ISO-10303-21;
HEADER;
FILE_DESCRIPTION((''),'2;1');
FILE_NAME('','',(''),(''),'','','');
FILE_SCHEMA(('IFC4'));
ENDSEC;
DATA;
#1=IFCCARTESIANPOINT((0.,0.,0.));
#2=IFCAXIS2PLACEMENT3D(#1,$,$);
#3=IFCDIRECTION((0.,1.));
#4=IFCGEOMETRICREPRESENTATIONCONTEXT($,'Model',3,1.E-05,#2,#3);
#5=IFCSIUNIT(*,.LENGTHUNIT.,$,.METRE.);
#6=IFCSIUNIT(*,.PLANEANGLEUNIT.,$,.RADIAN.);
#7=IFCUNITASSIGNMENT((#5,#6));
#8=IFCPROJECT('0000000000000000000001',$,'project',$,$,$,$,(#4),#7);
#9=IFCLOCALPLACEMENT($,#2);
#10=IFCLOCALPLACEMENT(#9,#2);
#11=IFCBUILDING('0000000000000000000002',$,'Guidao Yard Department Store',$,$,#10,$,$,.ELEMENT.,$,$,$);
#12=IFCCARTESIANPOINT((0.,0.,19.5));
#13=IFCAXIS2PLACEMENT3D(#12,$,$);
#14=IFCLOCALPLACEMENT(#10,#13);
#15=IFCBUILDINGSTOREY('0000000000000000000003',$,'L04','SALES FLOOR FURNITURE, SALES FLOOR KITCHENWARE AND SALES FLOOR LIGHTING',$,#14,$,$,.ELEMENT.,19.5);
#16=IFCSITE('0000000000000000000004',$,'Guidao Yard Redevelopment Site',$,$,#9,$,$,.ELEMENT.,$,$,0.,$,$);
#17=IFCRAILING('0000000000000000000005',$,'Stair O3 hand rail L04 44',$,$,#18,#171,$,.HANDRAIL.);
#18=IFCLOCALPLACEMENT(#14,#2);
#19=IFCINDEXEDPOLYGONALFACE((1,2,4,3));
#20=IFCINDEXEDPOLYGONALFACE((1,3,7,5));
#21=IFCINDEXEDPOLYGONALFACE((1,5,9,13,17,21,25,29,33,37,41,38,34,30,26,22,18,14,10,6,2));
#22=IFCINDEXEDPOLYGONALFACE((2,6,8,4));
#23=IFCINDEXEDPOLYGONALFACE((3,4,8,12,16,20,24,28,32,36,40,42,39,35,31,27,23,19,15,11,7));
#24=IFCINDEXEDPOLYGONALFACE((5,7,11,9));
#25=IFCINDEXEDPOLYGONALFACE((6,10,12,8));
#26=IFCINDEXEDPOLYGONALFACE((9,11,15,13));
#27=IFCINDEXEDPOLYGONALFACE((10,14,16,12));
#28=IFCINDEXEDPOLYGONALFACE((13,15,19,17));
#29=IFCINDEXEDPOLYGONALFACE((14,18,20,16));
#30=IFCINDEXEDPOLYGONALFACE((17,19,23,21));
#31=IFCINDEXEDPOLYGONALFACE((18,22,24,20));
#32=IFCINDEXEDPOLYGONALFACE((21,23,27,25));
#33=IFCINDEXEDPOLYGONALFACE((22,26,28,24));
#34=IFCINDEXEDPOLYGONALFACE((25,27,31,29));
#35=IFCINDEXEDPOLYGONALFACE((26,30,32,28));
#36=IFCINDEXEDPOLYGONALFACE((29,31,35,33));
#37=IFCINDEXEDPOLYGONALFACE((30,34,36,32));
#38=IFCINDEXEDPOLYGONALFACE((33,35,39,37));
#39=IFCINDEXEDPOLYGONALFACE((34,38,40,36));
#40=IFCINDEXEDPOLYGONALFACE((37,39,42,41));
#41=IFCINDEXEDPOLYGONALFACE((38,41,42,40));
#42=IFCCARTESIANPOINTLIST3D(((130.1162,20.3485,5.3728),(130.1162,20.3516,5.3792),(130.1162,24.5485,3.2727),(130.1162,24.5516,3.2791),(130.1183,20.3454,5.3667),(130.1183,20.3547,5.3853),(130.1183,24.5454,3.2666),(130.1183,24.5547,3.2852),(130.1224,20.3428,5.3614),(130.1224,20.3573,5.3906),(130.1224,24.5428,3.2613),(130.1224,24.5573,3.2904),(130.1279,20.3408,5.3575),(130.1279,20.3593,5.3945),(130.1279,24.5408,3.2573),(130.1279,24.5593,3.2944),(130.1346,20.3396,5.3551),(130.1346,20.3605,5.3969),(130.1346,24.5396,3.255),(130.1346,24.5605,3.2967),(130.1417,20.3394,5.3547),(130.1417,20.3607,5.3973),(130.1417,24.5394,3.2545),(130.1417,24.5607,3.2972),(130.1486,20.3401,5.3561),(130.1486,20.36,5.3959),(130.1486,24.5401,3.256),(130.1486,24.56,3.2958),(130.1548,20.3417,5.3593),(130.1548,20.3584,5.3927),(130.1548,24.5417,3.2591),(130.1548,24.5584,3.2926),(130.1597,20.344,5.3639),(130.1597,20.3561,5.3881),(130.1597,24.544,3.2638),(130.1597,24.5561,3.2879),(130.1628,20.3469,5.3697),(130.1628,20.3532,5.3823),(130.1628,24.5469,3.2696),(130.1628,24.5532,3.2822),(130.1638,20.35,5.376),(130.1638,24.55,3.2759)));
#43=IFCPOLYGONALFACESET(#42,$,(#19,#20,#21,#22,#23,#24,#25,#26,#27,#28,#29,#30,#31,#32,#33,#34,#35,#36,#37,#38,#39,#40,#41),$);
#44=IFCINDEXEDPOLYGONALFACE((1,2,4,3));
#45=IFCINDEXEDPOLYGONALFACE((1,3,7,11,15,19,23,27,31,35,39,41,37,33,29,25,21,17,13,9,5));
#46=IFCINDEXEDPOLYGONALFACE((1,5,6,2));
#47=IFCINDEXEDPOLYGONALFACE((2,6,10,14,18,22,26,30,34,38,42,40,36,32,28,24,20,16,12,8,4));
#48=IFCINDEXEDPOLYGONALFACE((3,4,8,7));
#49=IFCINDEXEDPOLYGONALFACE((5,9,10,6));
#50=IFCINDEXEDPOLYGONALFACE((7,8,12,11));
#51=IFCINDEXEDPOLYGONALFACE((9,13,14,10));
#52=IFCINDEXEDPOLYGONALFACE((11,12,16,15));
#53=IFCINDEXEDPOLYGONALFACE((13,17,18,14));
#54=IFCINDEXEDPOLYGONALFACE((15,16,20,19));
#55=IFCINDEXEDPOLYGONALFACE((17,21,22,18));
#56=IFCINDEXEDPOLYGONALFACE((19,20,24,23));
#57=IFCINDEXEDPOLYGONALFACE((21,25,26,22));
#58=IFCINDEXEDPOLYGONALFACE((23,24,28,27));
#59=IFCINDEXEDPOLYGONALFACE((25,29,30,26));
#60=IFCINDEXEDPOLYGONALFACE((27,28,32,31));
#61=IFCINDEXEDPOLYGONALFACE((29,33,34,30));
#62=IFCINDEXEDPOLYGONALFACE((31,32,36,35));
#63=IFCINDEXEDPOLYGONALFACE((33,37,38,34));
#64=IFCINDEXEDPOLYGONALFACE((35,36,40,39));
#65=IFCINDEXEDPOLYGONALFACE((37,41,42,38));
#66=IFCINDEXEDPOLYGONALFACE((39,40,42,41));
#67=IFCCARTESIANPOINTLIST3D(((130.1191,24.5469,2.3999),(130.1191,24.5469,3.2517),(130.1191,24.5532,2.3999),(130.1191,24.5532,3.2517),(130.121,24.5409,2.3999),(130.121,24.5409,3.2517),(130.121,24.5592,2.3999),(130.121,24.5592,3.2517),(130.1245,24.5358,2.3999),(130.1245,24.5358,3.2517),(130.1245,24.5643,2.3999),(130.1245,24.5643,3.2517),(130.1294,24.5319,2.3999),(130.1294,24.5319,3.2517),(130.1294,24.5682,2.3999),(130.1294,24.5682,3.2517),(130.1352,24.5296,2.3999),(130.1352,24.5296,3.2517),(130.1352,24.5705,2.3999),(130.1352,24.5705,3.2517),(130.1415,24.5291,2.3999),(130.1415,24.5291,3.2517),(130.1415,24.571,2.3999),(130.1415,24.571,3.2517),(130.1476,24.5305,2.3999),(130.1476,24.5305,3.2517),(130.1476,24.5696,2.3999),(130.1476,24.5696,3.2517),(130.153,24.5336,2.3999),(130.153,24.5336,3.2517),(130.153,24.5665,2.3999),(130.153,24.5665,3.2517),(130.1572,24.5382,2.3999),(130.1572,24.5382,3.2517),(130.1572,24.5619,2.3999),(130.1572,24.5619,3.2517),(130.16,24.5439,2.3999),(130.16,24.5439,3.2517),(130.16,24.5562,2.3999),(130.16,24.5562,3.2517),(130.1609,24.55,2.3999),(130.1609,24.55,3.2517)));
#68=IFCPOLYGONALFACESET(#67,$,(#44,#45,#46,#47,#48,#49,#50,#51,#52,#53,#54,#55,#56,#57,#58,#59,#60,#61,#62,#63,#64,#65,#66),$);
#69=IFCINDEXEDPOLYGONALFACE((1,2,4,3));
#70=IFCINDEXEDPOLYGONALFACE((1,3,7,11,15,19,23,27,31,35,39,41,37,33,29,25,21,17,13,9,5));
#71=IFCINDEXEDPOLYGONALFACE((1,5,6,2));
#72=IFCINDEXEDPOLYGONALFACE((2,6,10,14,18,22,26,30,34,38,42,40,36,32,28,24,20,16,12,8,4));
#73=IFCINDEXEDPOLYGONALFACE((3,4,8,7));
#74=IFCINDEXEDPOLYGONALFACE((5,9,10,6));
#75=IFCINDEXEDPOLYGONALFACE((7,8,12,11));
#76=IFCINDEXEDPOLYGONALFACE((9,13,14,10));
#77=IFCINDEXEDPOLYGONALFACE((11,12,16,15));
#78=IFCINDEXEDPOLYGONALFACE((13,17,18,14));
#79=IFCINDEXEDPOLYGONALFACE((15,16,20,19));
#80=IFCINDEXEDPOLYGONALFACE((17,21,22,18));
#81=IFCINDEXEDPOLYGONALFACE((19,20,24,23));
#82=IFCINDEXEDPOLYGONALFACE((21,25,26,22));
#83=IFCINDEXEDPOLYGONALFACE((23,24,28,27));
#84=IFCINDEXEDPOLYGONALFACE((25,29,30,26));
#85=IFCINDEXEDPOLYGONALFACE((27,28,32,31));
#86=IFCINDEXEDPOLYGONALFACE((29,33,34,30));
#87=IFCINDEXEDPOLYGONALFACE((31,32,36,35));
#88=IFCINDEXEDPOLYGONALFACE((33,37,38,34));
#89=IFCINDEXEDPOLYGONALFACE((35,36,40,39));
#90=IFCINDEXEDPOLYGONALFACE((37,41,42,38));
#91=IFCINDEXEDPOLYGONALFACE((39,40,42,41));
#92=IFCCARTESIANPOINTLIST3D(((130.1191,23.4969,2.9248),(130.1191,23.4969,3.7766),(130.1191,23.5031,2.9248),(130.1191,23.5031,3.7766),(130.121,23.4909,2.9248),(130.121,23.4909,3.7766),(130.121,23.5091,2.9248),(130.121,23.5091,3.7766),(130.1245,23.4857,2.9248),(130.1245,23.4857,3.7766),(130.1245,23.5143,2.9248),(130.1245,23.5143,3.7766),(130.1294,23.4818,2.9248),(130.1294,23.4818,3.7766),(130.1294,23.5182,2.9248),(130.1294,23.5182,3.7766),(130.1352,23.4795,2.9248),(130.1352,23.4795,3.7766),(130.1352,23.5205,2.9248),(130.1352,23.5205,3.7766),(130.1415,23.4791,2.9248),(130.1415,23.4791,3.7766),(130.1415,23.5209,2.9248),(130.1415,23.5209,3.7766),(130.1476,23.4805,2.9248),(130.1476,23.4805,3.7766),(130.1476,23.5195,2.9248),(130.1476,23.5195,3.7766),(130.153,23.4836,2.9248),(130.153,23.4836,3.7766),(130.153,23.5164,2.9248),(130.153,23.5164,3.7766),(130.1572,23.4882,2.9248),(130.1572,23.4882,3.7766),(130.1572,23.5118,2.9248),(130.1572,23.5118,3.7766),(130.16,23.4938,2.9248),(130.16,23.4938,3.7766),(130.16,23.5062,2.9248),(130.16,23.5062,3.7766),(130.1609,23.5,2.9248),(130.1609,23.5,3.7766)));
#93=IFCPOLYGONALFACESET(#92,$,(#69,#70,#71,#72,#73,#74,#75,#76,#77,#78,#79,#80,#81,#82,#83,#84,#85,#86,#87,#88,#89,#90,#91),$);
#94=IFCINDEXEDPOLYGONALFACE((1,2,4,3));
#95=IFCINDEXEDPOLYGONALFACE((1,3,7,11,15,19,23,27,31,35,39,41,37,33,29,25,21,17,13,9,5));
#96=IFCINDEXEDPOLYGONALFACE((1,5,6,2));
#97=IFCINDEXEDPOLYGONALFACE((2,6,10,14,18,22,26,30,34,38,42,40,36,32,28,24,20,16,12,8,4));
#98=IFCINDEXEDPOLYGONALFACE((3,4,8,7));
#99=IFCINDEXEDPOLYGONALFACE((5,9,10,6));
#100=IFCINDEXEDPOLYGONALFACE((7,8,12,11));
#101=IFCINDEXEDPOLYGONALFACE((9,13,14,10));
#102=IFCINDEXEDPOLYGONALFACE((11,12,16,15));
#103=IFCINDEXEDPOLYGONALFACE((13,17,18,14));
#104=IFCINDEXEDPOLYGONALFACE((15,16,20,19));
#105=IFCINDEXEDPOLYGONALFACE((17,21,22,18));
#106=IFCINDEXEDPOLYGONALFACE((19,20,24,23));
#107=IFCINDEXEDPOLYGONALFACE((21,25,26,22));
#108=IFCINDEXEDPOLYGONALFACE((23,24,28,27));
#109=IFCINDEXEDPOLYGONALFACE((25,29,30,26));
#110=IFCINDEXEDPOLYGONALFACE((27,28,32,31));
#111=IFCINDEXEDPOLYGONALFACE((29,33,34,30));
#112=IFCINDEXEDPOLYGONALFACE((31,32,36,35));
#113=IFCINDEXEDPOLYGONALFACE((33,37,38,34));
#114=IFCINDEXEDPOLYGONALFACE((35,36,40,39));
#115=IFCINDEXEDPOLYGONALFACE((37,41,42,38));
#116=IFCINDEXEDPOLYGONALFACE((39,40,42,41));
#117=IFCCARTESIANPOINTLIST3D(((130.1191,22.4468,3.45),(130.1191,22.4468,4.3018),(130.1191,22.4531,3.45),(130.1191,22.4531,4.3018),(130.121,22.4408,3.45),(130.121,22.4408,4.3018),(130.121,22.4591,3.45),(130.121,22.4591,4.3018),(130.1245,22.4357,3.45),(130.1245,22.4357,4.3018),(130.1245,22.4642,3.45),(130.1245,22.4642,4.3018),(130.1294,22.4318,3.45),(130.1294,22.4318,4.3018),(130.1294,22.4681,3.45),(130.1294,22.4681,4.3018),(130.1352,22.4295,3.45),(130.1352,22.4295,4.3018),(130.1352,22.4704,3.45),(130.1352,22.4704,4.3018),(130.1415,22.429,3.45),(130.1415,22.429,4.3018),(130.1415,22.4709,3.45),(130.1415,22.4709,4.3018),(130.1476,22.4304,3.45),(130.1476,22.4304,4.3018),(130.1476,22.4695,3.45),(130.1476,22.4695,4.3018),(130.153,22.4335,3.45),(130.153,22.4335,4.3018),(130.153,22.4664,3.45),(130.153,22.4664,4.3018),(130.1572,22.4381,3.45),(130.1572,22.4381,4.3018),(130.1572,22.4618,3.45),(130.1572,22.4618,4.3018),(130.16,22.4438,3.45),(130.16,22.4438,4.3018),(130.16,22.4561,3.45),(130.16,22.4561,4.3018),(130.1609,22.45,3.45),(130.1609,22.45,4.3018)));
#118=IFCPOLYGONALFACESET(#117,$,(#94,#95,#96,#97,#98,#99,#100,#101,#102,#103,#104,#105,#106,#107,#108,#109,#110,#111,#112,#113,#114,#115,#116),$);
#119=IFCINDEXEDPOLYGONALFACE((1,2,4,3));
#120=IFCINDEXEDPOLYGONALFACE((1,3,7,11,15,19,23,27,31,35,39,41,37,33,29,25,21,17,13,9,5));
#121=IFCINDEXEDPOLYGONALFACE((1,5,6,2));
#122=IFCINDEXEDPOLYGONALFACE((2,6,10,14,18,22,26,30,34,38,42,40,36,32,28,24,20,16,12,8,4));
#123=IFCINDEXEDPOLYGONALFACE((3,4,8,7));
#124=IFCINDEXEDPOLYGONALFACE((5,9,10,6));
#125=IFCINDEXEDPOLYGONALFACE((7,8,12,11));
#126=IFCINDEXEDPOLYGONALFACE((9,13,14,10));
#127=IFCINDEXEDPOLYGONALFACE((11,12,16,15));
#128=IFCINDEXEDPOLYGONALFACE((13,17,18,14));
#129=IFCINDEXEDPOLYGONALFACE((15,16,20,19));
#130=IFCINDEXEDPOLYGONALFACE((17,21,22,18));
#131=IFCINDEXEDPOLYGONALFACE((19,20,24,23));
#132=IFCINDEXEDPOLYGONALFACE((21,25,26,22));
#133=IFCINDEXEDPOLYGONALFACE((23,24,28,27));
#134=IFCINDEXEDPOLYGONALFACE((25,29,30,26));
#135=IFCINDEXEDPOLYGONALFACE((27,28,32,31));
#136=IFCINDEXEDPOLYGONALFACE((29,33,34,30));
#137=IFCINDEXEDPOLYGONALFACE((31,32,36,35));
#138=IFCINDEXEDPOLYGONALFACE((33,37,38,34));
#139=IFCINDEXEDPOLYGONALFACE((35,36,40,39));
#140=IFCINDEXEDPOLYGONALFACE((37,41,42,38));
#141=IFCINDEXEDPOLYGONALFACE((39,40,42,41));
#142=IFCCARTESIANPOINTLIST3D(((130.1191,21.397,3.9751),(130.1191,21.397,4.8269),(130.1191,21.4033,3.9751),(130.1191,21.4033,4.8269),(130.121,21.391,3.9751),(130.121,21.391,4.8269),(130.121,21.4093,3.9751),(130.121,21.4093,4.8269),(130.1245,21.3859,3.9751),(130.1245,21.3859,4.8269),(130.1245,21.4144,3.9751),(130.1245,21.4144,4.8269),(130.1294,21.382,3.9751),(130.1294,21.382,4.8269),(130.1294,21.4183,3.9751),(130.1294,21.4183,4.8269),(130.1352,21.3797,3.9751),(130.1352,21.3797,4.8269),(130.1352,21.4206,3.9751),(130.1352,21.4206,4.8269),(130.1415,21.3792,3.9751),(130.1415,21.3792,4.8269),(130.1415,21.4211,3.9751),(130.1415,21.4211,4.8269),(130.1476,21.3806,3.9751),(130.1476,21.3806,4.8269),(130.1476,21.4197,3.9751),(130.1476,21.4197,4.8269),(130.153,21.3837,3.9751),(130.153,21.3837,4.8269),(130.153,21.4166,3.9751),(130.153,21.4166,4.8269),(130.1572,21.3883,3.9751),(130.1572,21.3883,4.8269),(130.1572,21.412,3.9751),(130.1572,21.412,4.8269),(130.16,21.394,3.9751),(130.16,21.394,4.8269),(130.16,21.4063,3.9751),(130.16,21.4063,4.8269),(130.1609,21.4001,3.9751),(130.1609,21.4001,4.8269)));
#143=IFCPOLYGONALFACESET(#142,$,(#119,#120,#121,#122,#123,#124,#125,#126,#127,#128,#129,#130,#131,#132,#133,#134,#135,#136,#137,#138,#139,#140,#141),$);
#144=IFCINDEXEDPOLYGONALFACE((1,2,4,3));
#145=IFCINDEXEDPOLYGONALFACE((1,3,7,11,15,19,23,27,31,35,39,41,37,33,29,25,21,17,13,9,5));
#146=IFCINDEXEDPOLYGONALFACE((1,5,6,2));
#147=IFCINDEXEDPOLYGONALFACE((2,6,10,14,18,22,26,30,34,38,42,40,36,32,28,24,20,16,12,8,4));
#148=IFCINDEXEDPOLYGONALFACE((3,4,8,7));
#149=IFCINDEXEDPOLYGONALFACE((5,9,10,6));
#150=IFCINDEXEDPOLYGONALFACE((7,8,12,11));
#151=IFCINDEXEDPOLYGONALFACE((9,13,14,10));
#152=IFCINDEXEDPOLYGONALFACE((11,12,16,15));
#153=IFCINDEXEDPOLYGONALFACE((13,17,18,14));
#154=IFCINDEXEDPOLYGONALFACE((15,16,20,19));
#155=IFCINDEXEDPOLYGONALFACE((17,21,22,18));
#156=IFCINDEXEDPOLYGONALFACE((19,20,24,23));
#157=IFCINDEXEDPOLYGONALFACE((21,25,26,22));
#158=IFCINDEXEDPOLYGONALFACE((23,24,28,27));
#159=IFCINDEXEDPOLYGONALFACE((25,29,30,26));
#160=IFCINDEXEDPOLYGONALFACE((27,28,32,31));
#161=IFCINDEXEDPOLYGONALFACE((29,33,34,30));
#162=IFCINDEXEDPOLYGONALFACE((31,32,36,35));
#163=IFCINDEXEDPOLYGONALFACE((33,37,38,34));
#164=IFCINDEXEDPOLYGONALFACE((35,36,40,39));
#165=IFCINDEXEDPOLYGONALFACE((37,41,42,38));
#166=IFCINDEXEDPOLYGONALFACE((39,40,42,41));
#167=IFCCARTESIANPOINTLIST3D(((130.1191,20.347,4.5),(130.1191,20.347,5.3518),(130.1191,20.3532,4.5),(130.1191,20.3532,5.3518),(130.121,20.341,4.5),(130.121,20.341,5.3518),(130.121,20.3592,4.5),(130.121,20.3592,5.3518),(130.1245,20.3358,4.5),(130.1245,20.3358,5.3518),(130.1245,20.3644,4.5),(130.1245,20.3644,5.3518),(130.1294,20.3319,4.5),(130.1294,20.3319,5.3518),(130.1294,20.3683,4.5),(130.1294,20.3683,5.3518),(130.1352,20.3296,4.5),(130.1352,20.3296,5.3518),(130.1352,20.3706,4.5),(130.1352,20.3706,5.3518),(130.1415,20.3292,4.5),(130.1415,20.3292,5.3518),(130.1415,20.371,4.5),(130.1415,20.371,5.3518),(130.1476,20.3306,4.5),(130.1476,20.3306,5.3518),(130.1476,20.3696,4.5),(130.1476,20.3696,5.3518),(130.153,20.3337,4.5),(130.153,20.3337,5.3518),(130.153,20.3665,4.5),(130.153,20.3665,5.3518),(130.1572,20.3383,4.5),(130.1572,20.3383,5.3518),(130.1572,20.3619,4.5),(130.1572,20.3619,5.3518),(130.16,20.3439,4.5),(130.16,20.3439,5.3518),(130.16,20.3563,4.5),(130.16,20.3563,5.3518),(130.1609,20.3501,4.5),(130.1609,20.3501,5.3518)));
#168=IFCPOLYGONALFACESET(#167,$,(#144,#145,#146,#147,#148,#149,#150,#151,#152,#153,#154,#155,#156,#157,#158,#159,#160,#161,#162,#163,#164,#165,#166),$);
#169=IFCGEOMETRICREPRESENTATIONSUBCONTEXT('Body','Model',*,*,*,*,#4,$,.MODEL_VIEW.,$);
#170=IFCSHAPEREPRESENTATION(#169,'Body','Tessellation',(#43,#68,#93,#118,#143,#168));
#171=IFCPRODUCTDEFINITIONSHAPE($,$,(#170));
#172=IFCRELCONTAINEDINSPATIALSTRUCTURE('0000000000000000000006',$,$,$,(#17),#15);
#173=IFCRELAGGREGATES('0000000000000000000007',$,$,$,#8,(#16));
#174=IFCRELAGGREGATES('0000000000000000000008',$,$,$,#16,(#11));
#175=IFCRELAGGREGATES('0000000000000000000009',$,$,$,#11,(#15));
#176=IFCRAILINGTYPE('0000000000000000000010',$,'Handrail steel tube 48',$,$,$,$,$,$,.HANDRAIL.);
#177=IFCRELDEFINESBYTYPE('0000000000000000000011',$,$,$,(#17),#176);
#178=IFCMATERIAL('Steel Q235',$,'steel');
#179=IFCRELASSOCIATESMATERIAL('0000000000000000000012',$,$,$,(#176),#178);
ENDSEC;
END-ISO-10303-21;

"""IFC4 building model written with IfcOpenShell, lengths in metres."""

from ifc_helpers import new_model, si_unit, direction, frame, origin, origin_2d, place, context, subcontext, project, spatial, circle, extrude, material, type_object, element, save


model = new_model("IFC4")

# Units and contexts
model_context = context("Model", 3, precision=1e-05, world=origin(), true_north=direction((0.0, 1.0)))
body_context = subcontext(model_context, "Body", "Model", "MODEL_VIEW")
ifc_project = project(units=[si_unit("LENGTHUNIT", "METRE"), si_unit("PLANEANGLEUNIT", "RADIAN")], contexts=[model_context])

# Site, building, storey
site_placement = place(None, origin())
site = spatial("IfcSite", under=ifc_project, at=site_placement, Name="Guidao Yard Redevelopment Site", CompositionType="ELEMENT", RefElevation=0.0)
building_placement = place(site_placement, origin())
building = spatial("IfcBuilding", under=site, at=building_placement, Name="Guidao Yard Department Store", CompositionType="ELEMENT")
storey_placement = place(building_placement, frame((0.0, 0.0, 19.5)))
storey = spatial("IfcBuildingStorey", under=building, at=storey_placement, Name="L04", Description="SALES FLOOR FURNITURE, SALES FLOOR KITCHENWARE AND SALES FLOOR LIGHTING", CompositionType="ELEMENT", Elevation=19.5)

# Railing
ifc_material_1 = material(Name="Steel Q235", Category="steel")
railing_type_1 = type_object("IfcRailingType", Name="Handrail steel tube 48", PredefinedType="HANDRAIL", material=ifc_material_1)
for number, where, name in (
    (1, (130.1399, 24.55, 2.3999), "Stair O3 hand rail L04 44"),
):
    element("IfcRailing", number, at=place(storey_placement, frame(where)), inside=storey, type_object=railing_type_1, Name=name, PredefinedType="HANDRAIL", context=body_context, shape_type="SweptSolid", body=[
        extrude(circle(Radius=0.0239, at=origin_2d()), frame((0.0, 0.0, 0.876), z_axis=(0.0, -0.894417, 0.447234), x_axis=(1.0, 0.0, 0.0)), (0.0, 0.0, 1.0), 4.6958),
        extrude(circle(Radius=0.021, at=origin_2d()), origin(), (0.0, 0.0, 1.0), 0.8518),
        extrude(circle(Radius=0.021, at=origin_2d()), frame((0.0, -1.05, 0.5249)), (0.0, 0.0, 1.0), 0.8518),
        extrude(circle(Radius=0.021, at=origin_2d()), frame((0.0, -2.1001, 1.05)), (0.0, 0.0, 1.0), 0.8518),
        extrude(circle(Radius=0.021, at=origin_2d()), frame((0.0, -3.1499, 1.5752)), (0.0, 0.0, 1.0), 0.8518),
        extrude(circle(Radius=0.021, at=origin_2d()), frame((0.0, -4.2, 2.1001)), (0.0, 0.0, 1.0), 0.8518),
    ])

save(model, "model.ifc")
